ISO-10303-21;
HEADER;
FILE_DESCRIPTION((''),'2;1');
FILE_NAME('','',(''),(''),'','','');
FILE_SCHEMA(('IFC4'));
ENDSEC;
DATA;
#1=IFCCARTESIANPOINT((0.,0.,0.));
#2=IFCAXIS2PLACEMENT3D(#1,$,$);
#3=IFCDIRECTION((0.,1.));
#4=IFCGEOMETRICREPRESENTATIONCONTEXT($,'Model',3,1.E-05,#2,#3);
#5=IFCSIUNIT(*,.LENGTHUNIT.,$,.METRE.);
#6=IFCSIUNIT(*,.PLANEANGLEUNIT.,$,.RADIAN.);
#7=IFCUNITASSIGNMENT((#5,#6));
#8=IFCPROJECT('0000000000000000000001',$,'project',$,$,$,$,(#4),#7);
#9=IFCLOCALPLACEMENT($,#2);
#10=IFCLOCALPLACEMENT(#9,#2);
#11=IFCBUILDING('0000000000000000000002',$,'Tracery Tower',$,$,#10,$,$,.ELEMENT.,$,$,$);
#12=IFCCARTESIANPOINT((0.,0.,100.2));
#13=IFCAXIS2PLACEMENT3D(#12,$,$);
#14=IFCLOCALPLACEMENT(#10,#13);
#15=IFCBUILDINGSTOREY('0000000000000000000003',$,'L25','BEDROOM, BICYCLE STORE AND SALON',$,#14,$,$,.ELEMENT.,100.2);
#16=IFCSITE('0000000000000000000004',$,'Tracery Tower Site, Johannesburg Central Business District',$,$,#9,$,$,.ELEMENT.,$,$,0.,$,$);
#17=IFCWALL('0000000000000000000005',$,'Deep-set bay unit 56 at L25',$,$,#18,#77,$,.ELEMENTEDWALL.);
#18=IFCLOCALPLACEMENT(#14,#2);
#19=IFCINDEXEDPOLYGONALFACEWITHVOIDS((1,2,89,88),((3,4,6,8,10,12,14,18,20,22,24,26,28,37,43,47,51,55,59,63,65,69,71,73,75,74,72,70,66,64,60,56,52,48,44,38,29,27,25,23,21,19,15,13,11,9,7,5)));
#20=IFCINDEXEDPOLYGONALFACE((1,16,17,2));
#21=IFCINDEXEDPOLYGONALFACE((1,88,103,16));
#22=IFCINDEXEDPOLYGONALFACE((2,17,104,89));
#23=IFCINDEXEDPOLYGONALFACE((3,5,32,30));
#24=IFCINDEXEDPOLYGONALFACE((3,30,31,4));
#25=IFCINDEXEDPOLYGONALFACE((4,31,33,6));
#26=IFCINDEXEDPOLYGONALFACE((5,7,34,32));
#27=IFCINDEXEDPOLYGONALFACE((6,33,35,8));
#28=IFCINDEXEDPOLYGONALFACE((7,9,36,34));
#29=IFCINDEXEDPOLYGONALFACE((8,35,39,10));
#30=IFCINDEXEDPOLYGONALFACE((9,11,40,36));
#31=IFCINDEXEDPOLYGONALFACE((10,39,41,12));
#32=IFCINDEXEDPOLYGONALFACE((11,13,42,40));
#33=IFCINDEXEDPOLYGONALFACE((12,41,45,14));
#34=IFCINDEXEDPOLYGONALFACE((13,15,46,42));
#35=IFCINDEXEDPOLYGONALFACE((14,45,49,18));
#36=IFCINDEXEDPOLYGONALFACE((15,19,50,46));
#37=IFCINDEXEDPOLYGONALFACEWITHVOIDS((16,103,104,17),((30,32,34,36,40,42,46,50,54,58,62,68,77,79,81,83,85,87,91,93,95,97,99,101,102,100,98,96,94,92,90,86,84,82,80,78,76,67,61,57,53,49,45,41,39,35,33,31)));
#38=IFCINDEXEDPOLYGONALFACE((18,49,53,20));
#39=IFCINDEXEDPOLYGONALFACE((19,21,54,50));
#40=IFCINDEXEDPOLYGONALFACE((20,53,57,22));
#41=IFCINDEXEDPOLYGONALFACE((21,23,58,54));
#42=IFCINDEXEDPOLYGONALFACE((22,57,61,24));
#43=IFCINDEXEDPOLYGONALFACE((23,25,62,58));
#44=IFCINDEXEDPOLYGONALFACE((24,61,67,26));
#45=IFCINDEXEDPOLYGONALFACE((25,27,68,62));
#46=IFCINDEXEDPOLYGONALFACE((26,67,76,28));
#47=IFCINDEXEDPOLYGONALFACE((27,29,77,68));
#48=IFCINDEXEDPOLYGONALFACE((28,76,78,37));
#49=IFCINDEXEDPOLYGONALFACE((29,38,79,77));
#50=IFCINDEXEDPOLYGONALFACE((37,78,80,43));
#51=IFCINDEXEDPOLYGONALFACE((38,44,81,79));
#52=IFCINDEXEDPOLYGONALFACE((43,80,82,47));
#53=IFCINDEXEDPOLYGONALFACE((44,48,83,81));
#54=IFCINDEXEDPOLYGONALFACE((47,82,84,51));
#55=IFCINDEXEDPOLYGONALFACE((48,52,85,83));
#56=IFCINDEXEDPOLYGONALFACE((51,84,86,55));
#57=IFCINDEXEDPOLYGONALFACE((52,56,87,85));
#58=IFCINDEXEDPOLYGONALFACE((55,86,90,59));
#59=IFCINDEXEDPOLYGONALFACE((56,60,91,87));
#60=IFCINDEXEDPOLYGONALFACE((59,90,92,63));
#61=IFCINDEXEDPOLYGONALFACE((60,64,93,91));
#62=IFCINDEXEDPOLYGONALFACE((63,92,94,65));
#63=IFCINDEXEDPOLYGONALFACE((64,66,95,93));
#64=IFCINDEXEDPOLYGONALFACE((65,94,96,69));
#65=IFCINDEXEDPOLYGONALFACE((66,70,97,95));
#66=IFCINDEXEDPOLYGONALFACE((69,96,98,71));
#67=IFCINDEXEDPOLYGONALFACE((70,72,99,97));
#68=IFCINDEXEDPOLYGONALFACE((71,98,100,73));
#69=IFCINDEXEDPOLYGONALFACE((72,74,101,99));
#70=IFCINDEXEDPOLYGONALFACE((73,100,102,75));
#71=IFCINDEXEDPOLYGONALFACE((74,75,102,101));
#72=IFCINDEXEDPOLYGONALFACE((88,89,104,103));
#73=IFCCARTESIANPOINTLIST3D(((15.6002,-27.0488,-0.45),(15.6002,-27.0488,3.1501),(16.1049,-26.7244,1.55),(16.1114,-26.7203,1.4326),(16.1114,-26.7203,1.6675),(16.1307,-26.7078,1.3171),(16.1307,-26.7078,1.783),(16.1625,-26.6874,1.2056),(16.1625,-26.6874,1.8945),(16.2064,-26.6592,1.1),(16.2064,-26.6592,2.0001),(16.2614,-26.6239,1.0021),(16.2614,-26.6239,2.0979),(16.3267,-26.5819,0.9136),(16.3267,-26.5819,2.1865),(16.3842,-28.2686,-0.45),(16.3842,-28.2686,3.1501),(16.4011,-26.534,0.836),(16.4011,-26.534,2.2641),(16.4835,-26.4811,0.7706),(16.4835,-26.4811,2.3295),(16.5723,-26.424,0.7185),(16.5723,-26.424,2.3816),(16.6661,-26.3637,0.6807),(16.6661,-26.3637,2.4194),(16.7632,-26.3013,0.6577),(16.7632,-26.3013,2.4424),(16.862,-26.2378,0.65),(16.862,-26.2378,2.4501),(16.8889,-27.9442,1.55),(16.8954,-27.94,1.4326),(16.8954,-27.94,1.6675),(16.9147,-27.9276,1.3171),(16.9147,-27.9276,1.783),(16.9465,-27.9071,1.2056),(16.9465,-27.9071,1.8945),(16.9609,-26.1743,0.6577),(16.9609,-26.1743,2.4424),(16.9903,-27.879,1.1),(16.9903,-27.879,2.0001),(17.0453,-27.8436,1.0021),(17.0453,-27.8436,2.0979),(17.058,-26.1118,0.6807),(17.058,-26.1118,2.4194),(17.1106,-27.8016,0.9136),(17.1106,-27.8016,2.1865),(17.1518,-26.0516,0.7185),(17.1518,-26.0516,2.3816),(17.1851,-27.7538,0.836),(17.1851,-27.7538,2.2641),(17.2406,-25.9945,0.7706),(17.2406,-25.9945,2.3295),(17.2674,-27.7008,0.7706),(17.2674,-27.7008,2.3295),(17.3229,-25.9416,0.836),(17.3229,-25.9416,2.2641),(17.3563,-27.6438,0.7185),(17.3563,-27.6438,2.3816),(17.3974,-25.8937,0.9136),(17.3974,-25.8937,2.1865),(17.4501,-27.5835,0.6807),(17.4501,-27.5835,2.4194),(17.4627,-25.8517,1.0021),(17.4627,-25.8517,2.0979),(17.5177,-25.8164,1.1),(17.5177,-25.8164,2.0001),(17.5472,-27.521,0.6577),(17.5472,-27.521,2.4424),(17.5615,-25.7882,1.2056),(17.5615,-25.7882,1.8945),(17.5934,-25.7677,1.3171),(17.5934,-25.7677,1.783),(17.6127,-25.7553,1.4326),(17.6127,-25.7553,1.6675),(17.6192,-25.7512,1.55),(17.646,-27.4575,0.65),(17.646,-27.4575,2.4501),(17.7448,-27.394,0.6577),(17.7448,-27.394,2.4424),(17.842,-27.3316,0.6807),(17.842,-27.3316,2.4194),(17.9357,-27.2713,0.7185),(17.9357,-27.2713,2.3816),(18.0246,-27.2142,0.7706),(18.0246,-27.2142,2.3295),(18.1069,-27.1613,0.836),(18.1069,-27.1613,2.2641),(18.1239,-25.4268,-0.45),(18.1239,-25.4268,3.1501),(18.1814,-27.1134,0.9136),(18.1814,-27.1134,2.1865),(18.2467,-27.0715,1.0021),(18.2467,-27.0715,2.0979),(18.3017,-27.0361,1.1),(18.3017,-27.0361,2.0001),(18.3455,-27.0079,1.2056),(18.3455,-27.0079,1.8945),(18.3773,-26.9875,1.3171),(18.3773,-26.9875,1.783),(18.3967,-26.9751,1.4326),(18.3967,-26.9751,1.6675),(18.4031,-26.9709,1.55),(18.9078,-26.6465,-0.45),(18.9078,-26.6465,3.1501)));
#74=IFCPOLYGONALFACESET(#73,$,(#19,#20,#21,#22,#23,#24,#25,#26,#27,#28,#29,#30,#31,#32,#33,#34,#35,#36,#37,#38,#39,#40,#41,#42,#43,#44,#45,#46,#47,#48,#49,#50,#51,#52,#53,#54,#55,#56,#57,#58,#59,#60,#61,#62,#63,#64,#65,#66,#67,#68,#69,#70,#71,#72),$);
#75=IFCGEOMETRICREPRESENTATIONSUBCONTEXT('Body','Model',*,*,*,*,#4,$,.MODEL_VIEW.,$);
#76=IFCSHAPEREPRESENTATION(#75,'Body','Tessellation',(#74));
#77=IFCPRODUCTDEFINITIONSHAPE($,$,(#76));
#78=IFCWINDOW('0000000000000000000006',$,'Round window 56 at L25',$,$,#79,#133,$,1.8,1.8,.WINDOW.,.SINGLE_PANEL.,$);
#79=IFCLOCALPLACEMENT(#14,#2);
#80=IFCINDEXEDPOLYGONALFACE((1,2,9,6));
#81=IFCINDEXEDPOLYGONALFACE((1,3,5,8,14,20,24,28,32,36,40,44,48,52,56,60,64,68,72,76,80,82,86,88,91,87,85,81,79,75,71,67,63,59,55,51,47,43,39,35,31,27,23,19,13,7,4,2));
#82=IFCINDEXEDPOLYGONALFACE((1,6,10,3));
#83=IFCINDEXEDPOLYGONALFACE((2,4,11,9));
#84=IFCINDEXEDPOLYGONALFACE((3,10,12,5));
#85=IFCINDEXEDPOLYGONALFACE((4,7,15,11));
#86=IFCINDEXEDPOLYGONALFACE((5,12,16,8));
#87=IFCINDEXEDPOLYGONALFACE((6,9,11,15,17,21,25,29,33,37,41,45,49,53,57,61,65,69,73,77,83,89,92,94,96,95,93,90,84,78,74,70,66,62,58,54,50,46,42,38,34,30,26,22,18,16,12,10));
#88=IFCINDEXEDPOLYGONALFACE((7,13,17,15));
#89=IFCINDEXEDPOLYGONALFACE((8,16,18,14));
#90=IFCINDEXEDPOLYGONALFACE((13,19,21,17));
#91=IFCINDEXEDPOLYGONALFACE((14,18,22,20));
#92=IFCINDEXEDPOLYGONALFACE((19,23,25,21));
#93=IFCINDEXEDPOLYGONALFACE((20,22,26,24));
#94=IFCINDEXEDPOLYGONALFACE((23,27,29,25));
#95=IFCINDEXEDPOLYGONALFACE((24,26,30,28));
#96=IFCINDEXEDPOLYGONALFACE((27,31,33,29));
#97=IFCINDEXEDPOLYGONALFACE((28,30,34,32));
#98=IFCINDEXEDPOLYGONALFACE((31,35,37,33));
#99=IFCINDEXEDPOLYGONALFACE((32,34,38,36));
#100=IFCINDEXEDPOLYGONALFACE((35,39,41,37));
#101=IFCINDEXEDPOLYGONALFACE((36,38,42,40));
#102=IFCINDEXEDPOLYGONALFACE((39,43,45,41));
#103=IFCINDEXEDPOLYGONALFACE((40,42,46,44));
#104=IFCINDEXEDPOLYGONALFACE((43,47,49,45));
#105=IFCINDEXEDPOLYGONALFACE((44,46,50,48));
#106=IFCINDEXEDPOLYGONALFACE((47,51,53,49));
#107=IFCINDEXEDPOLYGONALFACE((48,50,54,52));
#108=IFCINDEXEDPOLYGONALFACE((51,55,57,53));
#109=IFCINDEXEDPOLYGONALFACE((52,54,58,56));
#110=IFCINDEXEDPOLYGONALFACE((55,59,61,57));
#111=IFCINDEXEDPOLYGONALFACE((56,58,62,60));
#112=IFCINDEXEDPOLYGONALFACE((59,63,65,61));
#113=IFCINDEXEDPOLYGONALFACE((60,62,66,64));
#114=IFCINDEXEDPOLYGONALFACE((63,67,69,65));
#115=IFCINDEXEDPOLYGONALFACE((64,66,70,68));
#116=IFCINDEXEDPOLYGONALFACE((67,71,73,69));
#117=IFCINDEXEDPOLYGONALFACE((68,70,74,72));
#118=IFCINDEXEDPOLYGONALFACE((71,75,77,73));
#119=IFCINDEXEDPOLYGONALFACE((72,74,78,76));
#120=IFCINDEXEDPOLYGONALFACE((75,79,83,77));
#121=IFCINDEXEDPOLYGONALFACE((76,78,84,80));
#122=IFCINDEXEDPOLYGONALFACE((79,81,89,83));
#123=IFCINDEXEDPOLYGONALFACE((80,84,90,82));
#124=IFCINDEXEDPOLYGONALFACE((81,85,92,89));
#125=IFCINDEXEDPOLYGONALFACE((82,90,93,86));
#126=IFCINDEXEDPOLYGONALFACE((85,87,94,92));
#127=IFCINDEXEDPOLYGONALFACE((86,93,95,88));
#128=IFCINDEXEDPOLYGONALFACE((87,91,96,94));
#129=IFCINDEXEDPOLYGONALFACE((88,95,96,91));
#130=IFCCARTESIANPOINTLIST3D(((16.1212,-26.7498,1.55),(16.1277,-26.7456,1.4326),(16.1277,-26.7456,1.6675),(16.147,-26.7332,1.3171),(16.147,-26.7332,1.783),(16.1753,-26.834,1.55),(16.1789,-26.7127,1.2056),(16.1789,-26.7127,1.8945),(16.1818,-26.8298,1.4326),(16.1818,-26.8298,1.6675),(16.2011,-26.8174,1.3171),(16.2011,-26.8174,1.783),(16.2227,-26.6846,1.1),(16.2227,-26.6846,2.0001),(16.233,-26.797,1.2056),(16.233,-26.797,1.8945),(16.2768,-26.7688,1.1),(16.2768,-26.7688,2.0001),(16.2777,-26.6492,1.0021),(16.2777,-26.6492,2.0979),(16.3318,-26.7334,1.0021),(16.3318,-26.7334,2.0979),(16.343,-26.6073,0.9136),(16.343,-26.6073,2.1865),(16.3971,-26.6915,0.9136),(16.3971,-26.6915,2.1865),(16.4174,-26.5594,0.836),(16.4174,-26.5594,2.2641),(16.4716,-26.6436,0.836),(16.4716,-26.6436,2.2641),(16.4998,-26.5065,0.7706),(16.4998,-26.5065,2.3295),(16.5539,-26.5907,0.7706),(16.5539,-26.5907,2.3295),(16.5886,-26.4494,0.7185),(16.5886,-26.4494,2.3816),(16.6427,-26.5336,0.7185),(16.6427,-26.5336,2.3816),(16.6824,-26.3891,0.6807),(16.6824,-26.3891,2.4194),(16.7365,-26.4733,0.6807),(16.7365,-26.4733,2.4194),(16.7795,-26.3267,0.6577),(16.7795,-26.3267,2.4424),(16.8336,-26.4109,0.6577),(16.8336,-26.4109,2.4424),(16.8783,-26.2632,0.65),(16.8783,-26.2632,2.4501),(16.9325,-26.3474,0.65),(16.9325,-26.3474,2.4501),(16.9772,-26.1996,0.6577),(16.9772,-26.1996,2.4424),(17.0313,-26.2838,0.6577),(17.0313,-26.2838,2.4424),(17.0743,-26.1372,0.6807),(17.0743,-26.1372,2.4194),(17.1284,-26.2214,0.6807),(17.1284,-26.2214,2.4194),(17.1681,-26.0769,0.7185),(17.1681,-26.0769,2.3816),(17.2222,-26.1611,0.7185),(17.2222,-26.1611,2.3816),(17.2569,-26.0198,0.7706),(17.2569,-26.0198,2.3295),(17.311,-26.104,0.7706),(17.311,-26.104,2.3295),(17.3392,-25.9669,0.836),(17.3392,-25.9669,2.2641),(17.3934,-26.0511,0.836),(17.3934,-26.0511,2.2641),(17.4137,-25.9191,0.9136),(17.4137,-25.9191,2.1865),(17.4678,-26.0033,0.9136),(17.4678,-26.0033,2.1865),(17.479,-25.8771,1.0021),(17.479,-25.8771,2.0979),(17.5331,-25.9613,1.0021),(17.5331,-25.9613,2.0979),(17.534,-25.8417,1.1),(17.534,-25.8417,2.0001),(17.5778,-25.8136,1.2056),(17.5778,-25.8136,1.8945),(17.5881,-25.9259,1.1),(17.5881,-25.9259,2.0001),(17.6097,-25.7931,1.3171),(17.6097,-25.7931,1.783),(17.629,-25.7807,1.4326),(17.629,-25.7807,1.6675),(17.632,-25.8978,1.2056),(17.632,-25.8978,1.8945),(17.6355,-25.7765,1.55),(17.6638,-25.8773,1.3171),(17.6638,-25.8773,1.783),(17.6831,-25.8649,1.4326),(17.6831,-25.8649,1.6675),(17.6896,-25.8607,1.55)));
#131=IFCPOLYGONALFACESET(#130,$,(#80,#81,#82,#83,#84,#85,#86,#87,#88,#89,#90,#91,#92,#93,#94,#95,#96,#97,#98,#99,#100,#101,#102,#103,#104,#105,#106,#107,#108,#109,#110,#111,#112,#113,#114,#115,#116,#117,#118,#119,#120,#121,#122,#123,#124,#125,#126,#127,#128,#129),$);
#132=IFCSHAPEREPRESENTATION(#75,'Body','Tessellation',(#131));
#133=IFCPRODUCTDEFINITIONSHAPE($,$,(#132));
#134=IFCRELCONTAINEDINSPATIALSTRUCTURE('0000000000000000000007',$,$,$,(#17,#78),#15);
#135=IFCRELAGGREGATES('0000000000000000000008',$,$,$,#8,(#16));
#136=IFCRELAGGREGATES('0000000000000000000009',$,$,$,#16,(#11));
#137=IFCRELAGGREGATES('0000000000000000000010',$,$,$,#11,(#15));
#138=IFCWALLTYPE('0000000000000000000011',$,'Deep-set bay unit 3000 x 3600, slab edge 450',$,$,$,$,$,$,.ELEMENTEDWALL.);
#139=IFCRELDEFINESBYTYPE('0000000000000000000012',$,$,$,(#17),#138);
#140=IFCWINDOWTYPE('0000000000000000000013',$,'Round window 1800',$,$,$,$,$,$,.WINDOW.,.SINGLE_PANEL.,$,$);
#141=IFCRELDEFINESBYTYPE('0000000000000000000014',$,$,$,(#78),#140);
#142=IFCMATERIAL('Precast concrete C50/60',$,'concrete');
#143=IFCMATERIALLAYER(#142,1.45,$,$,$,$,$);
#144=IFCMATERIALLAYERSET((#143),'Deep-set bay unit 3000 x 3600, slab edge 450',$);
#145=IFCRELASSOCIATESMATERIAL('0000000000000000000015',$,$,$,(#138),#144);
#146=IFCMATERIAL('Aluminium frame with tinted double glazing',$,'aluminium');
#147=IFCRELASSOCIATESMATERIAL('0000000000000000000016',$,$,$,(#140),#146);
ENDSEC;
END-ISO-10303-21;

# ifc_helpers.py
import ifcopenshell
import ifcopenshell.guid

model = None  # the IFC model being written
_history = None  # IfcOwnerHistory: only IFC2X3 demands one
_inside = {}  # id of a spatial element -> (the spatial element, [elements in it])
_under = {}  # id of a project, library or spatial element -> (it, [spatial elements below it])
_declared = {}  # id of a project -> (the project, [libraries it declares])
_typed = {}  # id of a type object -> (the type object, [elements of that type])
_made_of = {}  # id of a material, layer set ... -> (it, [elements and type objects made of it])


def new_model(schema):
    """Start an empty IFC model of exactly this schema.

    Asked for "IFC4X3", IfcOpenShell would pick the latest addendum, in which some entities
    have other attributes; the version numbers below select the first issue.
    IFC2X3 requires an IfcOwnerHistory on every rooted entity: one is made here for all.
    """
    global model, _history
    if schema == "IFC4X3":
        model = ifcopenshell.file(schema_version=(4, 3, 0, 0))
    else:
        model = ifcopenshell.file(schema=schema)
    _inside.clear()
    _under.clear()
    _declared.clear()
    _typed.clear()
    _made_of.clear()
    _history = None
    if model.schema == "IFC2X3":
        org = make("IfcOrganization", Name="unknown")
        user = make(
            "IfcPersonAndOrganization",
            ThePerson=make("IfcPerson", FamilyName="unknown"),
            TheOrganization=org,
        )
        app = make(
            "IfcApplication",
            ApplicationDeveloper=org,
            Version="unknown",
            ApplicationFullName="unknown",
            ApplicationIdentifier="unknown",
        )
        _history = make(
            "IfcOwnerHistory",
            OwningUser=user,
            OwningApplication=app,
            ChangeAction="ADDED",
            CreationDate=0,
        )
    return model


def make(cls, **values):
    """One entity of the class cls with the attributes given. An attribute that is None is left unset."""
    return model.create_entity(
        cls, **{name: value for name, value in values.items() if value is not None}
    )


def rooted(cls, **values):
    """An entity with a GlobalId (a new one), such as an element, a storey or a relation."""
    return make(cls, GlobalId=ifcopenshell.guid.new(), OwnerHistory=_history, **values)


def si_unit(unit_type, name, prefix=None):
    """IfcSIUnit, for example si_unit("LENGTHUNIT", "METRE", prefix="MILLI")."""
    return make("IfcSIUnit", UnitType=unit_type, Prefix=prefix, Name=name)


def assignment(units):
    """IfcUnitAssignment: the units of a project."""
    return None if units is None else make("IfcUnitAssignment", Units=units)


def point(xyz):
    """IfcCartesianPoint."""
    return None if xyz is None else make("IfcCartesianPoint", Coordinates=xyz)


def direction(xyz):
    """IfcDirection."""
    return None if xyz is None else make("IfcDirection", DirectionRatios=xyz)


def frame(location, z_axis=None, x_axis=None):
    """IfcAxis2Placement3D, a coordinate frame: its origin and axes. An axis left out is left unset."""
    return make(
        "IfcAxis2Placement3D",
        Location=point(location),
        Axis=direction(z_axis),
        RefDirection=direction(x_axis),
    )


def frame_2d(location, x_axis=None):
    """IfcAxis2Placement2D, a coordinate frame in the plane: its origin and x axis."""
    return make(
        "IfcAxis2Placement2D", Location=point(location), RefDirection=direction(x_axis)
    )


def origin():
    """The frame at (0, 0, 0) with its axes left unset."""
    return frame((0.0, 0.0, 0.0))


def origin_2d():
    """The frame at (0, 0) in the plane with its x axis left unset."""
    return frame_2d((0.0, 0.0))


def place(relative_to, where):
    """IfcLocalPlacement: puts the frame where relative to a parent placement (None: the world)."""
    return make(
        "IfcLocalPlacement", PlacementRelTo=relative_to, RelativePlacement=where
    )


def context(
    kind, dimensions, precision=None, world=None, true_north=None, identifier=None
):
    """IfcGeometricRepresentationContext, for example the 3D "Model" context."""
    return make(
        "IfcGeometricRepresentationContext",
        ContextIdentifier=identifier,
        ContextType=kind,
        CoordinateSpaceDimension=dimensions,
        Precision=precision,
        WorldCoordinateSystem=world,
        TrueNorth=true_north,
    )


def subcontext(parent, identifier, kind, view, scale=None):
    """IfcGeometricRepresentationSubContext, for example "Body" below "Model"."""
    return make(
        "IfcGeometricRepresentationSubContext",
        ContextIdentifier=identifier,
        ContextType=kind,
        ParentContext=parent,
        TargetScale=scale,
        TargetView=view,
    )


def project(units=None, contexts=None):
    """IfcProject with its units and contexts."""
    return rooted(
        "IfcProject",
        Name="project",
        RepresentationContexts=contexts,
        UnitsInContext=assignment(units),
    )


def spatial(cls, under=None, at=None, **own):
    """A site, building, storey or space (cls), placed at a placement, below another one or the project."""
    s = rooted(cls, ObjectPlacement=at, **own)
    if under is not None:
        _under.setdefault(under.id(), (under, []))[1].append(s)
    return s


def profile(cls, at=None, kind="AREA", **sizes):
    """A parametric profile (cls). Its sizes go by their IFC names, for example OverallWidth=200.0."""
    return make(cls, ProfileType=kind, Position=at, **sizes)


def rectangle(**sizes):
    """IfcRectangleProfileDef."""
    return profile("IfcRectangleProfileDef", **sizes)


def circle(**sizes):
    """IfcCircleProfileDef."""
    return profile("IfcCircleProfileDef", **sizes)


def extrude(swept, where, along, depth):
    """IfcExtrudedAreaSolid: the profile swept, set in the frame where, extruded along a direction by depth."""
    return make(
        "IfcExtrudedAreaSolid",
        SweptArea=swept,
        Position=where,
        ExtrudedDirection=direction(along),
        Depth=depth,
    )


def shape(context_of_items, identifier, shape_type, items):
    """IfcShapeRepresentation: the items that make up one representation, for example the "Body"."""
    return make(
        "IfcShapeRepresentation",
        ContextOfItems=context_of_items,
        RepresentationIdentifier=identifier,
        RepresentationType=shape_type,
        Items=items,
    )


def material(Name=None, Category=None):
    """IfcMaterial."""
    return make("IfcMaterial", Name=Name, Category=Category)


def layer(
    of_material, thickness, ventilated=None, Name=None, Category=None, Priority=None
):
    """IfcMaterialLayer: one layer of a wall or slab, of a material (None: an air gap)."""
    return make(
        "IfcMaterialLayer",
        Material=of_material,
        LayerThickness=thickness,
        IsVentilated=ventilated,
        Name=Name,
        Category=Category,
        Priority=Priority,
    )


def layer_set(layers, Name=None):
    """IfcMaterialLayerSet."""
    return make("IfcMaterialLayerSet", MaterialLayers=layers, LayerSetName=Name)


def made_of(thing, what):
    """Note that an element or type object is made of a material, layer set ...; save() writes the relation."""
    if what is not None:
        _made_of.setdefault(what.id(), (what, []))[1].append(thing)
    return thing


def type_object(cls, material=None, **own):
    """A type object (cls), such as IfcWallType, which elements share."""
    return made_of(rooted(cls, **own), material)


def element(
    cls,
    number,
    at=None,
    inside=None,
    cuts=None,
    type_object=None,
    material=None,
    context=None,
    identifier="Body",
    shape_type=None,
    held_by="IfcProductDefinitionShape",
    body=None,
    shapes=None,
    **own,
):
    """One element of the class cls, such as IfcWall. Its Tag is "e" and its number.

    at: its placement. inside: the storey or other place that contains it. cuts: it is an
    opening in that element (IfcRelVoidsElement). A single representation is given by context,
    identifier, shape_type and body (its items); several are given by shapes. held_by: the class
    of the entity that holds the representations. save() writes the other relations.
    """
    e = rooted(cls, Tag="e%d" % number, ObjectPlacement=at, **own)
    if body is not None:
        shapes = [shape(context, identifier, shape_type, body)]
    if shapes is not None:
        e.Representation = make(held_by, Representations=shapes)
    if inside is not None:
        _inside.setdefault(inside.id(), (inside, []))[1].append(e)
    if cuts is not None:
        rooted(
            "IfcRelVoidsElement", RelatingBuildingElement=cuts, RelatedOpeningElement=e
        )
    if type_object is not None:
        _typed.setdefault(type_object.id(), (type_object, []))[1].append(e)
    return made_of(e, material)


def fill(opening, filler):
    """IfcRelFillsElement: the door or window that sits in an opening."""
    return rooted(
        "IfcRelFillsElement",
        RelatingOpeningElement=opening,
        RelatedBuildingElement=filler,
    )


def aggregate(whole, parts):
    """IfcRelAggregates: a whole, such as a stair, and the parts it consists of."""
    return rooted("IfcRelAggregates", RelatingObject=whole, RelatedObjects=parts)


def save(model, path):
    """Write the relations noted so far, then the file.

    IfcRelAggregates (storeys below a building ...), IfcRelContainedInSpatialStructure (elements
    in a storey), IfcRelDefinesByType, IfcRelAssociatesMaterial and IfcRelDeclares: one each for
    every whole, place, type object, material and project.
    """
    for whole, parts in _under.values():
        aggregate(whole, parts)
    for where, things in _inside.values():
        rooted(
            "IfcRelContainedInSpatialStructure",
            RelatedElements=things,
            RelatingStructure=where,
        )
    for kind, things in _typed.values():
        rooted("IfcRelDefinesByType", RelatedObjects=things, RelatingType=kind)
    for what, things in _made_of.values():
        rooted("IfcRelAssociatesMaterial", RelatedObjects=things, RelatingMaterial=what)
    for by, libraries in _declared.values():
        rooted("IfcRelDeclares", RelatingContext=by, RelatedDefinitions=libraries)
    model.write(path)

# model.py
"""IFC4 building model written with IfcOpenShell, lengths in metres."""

from ifc_helpers import new_model, si_unit, direction, frame, frame_2d, origin, origin_2d, place, context, subcontext, project, spatial, rectangle, circle, extrude, material, layer, layer_set, type_object, element, fill, save


model = new_model("IFC4")

# Units and contexts
model_context = context("Model", 3, precision=1e-05, world=origin(), true_north=direction((0.0, 1.0)))
body_context = subcontext(model_context, "Body", "Model", "MODEL_VIEW")
ifc_project = project(units=[si_unit("LENGTHUNIT", "METRE"), si_unit("PLANEANGLEUNIT", "RADIAN")], contexts=[model_context])

# Site, building, storey
site_placement = place(None, origin())
site = spatial("IfcSite", under=ifc_project, at=site_placement, Name="Tracery Tower Site, Johannesburg Central Business District", CompositionType="ELEMENT", RefElevation=0.0)
building_placement = place(site_placement, origin())
building = spatial("IfcBuilding", under=site, at=building_placement, Name="Tracery Tower", CompositionType="ELEMENT")
storey_placement = place(building_placement, frame((0.0, 0.0, 100.2)))
storey = spatial("IfcBuildingStorey", under=building, at=storey_placement, Name="L25", Description="BEDROOM, BICYCLE STORE AND SALON", CompositionType="ELEMENT", Elevation=100.2)

# Wall, opening, window
ifc_material_1 = material(Name="Precast concrete C50/60", Category="concrete")
ifc_layer_1 = layer(ifc_material_1, 1.45)
ifc_layer_set_1 = layer_set([ifc_layer_1], Name="Deep-set bay unit 3000 x 3600, slab edge 450")
wall_type_1 = type_object("IfcWallType", Name="Deep-set bay unit 3000 x 3600, slab edge 450", PredefinedType="ELEMENTEDWALL", material=ifc_layer_set_1)
wall_1_placement = place(storey_placement, frame((15.9922, -27.6587, -0.45), z_axis=(0.0, 0.0, 1.0), x_axis=(0.841223, 0.540688, 0.0)))
wall_1 = element("IfcWall", 1, at=wall_1_placement, inside=storey, type_object=wall_type_1, Name="Deep-set bay unit 56 at L25", PredefinedType="ELEMENTEDWALL", context=body_context, shape_type="SweptSolid", body=[
    extrude(rectangle(XDim=3.0, YDim=1.45, at=frame_2d((1.5, 0.0))), origin(), (0.0, 0.0, 1.0), 3.6001),
])
opening_1_placement = place(wall_1_placement, frame((1.5, 0.0, 2.0)))
opening_1 = element("IfcOpeningElement", 2, at=opening_1_placement, cuts=wall_1, PredefinedType="OPENING", context=body_context, shape_type="SweptSolid", body=[
    extrude(circle(Radius=0.9, at=origin_2d()), frame((0.0, 0.7349, 0.0), z_axis=(0.0, -1.0, 0.0), x_axis=(1.0, 0.0, 0.0)), (0.0, 0.0, 1.0), 1.47),
])
ifc_material_2 = material(Name="Aluminium frame with tinted double glazing", Category="aluminium")
window_type = type_object("IfcWindowType", Name="Round window 1800", PartitioningType="SINGLE_PANEL", PredefinedType="WINDOW", material=ifc_material_2)
window_1_placement = place(opening_1_placement, origin())
window_1 = element("IfcWindow", 3, at=window_1_placement, inside=storey, type_object=window_type, Name="Round window 56 at L25", OverallHeight=1.8, OverallWidth=1.8, PartitioningType="SINGLE_PANEL", PredefinedType="WINDOW", context=body_context, shape_type="SweptSolid", body=[
    extrude(circle(Radius=0.9, at=origin_2d()), frame((0.0, 0.6948, 0.0), z_axis=(0.0, -1.0, 0.0), x_axis=(1.0, 0.0, 0.0)), (0.0, 0.0, 1.0), 0.1001),
])
fill(opening_1, window_1)

save(model, "model.ifc")
